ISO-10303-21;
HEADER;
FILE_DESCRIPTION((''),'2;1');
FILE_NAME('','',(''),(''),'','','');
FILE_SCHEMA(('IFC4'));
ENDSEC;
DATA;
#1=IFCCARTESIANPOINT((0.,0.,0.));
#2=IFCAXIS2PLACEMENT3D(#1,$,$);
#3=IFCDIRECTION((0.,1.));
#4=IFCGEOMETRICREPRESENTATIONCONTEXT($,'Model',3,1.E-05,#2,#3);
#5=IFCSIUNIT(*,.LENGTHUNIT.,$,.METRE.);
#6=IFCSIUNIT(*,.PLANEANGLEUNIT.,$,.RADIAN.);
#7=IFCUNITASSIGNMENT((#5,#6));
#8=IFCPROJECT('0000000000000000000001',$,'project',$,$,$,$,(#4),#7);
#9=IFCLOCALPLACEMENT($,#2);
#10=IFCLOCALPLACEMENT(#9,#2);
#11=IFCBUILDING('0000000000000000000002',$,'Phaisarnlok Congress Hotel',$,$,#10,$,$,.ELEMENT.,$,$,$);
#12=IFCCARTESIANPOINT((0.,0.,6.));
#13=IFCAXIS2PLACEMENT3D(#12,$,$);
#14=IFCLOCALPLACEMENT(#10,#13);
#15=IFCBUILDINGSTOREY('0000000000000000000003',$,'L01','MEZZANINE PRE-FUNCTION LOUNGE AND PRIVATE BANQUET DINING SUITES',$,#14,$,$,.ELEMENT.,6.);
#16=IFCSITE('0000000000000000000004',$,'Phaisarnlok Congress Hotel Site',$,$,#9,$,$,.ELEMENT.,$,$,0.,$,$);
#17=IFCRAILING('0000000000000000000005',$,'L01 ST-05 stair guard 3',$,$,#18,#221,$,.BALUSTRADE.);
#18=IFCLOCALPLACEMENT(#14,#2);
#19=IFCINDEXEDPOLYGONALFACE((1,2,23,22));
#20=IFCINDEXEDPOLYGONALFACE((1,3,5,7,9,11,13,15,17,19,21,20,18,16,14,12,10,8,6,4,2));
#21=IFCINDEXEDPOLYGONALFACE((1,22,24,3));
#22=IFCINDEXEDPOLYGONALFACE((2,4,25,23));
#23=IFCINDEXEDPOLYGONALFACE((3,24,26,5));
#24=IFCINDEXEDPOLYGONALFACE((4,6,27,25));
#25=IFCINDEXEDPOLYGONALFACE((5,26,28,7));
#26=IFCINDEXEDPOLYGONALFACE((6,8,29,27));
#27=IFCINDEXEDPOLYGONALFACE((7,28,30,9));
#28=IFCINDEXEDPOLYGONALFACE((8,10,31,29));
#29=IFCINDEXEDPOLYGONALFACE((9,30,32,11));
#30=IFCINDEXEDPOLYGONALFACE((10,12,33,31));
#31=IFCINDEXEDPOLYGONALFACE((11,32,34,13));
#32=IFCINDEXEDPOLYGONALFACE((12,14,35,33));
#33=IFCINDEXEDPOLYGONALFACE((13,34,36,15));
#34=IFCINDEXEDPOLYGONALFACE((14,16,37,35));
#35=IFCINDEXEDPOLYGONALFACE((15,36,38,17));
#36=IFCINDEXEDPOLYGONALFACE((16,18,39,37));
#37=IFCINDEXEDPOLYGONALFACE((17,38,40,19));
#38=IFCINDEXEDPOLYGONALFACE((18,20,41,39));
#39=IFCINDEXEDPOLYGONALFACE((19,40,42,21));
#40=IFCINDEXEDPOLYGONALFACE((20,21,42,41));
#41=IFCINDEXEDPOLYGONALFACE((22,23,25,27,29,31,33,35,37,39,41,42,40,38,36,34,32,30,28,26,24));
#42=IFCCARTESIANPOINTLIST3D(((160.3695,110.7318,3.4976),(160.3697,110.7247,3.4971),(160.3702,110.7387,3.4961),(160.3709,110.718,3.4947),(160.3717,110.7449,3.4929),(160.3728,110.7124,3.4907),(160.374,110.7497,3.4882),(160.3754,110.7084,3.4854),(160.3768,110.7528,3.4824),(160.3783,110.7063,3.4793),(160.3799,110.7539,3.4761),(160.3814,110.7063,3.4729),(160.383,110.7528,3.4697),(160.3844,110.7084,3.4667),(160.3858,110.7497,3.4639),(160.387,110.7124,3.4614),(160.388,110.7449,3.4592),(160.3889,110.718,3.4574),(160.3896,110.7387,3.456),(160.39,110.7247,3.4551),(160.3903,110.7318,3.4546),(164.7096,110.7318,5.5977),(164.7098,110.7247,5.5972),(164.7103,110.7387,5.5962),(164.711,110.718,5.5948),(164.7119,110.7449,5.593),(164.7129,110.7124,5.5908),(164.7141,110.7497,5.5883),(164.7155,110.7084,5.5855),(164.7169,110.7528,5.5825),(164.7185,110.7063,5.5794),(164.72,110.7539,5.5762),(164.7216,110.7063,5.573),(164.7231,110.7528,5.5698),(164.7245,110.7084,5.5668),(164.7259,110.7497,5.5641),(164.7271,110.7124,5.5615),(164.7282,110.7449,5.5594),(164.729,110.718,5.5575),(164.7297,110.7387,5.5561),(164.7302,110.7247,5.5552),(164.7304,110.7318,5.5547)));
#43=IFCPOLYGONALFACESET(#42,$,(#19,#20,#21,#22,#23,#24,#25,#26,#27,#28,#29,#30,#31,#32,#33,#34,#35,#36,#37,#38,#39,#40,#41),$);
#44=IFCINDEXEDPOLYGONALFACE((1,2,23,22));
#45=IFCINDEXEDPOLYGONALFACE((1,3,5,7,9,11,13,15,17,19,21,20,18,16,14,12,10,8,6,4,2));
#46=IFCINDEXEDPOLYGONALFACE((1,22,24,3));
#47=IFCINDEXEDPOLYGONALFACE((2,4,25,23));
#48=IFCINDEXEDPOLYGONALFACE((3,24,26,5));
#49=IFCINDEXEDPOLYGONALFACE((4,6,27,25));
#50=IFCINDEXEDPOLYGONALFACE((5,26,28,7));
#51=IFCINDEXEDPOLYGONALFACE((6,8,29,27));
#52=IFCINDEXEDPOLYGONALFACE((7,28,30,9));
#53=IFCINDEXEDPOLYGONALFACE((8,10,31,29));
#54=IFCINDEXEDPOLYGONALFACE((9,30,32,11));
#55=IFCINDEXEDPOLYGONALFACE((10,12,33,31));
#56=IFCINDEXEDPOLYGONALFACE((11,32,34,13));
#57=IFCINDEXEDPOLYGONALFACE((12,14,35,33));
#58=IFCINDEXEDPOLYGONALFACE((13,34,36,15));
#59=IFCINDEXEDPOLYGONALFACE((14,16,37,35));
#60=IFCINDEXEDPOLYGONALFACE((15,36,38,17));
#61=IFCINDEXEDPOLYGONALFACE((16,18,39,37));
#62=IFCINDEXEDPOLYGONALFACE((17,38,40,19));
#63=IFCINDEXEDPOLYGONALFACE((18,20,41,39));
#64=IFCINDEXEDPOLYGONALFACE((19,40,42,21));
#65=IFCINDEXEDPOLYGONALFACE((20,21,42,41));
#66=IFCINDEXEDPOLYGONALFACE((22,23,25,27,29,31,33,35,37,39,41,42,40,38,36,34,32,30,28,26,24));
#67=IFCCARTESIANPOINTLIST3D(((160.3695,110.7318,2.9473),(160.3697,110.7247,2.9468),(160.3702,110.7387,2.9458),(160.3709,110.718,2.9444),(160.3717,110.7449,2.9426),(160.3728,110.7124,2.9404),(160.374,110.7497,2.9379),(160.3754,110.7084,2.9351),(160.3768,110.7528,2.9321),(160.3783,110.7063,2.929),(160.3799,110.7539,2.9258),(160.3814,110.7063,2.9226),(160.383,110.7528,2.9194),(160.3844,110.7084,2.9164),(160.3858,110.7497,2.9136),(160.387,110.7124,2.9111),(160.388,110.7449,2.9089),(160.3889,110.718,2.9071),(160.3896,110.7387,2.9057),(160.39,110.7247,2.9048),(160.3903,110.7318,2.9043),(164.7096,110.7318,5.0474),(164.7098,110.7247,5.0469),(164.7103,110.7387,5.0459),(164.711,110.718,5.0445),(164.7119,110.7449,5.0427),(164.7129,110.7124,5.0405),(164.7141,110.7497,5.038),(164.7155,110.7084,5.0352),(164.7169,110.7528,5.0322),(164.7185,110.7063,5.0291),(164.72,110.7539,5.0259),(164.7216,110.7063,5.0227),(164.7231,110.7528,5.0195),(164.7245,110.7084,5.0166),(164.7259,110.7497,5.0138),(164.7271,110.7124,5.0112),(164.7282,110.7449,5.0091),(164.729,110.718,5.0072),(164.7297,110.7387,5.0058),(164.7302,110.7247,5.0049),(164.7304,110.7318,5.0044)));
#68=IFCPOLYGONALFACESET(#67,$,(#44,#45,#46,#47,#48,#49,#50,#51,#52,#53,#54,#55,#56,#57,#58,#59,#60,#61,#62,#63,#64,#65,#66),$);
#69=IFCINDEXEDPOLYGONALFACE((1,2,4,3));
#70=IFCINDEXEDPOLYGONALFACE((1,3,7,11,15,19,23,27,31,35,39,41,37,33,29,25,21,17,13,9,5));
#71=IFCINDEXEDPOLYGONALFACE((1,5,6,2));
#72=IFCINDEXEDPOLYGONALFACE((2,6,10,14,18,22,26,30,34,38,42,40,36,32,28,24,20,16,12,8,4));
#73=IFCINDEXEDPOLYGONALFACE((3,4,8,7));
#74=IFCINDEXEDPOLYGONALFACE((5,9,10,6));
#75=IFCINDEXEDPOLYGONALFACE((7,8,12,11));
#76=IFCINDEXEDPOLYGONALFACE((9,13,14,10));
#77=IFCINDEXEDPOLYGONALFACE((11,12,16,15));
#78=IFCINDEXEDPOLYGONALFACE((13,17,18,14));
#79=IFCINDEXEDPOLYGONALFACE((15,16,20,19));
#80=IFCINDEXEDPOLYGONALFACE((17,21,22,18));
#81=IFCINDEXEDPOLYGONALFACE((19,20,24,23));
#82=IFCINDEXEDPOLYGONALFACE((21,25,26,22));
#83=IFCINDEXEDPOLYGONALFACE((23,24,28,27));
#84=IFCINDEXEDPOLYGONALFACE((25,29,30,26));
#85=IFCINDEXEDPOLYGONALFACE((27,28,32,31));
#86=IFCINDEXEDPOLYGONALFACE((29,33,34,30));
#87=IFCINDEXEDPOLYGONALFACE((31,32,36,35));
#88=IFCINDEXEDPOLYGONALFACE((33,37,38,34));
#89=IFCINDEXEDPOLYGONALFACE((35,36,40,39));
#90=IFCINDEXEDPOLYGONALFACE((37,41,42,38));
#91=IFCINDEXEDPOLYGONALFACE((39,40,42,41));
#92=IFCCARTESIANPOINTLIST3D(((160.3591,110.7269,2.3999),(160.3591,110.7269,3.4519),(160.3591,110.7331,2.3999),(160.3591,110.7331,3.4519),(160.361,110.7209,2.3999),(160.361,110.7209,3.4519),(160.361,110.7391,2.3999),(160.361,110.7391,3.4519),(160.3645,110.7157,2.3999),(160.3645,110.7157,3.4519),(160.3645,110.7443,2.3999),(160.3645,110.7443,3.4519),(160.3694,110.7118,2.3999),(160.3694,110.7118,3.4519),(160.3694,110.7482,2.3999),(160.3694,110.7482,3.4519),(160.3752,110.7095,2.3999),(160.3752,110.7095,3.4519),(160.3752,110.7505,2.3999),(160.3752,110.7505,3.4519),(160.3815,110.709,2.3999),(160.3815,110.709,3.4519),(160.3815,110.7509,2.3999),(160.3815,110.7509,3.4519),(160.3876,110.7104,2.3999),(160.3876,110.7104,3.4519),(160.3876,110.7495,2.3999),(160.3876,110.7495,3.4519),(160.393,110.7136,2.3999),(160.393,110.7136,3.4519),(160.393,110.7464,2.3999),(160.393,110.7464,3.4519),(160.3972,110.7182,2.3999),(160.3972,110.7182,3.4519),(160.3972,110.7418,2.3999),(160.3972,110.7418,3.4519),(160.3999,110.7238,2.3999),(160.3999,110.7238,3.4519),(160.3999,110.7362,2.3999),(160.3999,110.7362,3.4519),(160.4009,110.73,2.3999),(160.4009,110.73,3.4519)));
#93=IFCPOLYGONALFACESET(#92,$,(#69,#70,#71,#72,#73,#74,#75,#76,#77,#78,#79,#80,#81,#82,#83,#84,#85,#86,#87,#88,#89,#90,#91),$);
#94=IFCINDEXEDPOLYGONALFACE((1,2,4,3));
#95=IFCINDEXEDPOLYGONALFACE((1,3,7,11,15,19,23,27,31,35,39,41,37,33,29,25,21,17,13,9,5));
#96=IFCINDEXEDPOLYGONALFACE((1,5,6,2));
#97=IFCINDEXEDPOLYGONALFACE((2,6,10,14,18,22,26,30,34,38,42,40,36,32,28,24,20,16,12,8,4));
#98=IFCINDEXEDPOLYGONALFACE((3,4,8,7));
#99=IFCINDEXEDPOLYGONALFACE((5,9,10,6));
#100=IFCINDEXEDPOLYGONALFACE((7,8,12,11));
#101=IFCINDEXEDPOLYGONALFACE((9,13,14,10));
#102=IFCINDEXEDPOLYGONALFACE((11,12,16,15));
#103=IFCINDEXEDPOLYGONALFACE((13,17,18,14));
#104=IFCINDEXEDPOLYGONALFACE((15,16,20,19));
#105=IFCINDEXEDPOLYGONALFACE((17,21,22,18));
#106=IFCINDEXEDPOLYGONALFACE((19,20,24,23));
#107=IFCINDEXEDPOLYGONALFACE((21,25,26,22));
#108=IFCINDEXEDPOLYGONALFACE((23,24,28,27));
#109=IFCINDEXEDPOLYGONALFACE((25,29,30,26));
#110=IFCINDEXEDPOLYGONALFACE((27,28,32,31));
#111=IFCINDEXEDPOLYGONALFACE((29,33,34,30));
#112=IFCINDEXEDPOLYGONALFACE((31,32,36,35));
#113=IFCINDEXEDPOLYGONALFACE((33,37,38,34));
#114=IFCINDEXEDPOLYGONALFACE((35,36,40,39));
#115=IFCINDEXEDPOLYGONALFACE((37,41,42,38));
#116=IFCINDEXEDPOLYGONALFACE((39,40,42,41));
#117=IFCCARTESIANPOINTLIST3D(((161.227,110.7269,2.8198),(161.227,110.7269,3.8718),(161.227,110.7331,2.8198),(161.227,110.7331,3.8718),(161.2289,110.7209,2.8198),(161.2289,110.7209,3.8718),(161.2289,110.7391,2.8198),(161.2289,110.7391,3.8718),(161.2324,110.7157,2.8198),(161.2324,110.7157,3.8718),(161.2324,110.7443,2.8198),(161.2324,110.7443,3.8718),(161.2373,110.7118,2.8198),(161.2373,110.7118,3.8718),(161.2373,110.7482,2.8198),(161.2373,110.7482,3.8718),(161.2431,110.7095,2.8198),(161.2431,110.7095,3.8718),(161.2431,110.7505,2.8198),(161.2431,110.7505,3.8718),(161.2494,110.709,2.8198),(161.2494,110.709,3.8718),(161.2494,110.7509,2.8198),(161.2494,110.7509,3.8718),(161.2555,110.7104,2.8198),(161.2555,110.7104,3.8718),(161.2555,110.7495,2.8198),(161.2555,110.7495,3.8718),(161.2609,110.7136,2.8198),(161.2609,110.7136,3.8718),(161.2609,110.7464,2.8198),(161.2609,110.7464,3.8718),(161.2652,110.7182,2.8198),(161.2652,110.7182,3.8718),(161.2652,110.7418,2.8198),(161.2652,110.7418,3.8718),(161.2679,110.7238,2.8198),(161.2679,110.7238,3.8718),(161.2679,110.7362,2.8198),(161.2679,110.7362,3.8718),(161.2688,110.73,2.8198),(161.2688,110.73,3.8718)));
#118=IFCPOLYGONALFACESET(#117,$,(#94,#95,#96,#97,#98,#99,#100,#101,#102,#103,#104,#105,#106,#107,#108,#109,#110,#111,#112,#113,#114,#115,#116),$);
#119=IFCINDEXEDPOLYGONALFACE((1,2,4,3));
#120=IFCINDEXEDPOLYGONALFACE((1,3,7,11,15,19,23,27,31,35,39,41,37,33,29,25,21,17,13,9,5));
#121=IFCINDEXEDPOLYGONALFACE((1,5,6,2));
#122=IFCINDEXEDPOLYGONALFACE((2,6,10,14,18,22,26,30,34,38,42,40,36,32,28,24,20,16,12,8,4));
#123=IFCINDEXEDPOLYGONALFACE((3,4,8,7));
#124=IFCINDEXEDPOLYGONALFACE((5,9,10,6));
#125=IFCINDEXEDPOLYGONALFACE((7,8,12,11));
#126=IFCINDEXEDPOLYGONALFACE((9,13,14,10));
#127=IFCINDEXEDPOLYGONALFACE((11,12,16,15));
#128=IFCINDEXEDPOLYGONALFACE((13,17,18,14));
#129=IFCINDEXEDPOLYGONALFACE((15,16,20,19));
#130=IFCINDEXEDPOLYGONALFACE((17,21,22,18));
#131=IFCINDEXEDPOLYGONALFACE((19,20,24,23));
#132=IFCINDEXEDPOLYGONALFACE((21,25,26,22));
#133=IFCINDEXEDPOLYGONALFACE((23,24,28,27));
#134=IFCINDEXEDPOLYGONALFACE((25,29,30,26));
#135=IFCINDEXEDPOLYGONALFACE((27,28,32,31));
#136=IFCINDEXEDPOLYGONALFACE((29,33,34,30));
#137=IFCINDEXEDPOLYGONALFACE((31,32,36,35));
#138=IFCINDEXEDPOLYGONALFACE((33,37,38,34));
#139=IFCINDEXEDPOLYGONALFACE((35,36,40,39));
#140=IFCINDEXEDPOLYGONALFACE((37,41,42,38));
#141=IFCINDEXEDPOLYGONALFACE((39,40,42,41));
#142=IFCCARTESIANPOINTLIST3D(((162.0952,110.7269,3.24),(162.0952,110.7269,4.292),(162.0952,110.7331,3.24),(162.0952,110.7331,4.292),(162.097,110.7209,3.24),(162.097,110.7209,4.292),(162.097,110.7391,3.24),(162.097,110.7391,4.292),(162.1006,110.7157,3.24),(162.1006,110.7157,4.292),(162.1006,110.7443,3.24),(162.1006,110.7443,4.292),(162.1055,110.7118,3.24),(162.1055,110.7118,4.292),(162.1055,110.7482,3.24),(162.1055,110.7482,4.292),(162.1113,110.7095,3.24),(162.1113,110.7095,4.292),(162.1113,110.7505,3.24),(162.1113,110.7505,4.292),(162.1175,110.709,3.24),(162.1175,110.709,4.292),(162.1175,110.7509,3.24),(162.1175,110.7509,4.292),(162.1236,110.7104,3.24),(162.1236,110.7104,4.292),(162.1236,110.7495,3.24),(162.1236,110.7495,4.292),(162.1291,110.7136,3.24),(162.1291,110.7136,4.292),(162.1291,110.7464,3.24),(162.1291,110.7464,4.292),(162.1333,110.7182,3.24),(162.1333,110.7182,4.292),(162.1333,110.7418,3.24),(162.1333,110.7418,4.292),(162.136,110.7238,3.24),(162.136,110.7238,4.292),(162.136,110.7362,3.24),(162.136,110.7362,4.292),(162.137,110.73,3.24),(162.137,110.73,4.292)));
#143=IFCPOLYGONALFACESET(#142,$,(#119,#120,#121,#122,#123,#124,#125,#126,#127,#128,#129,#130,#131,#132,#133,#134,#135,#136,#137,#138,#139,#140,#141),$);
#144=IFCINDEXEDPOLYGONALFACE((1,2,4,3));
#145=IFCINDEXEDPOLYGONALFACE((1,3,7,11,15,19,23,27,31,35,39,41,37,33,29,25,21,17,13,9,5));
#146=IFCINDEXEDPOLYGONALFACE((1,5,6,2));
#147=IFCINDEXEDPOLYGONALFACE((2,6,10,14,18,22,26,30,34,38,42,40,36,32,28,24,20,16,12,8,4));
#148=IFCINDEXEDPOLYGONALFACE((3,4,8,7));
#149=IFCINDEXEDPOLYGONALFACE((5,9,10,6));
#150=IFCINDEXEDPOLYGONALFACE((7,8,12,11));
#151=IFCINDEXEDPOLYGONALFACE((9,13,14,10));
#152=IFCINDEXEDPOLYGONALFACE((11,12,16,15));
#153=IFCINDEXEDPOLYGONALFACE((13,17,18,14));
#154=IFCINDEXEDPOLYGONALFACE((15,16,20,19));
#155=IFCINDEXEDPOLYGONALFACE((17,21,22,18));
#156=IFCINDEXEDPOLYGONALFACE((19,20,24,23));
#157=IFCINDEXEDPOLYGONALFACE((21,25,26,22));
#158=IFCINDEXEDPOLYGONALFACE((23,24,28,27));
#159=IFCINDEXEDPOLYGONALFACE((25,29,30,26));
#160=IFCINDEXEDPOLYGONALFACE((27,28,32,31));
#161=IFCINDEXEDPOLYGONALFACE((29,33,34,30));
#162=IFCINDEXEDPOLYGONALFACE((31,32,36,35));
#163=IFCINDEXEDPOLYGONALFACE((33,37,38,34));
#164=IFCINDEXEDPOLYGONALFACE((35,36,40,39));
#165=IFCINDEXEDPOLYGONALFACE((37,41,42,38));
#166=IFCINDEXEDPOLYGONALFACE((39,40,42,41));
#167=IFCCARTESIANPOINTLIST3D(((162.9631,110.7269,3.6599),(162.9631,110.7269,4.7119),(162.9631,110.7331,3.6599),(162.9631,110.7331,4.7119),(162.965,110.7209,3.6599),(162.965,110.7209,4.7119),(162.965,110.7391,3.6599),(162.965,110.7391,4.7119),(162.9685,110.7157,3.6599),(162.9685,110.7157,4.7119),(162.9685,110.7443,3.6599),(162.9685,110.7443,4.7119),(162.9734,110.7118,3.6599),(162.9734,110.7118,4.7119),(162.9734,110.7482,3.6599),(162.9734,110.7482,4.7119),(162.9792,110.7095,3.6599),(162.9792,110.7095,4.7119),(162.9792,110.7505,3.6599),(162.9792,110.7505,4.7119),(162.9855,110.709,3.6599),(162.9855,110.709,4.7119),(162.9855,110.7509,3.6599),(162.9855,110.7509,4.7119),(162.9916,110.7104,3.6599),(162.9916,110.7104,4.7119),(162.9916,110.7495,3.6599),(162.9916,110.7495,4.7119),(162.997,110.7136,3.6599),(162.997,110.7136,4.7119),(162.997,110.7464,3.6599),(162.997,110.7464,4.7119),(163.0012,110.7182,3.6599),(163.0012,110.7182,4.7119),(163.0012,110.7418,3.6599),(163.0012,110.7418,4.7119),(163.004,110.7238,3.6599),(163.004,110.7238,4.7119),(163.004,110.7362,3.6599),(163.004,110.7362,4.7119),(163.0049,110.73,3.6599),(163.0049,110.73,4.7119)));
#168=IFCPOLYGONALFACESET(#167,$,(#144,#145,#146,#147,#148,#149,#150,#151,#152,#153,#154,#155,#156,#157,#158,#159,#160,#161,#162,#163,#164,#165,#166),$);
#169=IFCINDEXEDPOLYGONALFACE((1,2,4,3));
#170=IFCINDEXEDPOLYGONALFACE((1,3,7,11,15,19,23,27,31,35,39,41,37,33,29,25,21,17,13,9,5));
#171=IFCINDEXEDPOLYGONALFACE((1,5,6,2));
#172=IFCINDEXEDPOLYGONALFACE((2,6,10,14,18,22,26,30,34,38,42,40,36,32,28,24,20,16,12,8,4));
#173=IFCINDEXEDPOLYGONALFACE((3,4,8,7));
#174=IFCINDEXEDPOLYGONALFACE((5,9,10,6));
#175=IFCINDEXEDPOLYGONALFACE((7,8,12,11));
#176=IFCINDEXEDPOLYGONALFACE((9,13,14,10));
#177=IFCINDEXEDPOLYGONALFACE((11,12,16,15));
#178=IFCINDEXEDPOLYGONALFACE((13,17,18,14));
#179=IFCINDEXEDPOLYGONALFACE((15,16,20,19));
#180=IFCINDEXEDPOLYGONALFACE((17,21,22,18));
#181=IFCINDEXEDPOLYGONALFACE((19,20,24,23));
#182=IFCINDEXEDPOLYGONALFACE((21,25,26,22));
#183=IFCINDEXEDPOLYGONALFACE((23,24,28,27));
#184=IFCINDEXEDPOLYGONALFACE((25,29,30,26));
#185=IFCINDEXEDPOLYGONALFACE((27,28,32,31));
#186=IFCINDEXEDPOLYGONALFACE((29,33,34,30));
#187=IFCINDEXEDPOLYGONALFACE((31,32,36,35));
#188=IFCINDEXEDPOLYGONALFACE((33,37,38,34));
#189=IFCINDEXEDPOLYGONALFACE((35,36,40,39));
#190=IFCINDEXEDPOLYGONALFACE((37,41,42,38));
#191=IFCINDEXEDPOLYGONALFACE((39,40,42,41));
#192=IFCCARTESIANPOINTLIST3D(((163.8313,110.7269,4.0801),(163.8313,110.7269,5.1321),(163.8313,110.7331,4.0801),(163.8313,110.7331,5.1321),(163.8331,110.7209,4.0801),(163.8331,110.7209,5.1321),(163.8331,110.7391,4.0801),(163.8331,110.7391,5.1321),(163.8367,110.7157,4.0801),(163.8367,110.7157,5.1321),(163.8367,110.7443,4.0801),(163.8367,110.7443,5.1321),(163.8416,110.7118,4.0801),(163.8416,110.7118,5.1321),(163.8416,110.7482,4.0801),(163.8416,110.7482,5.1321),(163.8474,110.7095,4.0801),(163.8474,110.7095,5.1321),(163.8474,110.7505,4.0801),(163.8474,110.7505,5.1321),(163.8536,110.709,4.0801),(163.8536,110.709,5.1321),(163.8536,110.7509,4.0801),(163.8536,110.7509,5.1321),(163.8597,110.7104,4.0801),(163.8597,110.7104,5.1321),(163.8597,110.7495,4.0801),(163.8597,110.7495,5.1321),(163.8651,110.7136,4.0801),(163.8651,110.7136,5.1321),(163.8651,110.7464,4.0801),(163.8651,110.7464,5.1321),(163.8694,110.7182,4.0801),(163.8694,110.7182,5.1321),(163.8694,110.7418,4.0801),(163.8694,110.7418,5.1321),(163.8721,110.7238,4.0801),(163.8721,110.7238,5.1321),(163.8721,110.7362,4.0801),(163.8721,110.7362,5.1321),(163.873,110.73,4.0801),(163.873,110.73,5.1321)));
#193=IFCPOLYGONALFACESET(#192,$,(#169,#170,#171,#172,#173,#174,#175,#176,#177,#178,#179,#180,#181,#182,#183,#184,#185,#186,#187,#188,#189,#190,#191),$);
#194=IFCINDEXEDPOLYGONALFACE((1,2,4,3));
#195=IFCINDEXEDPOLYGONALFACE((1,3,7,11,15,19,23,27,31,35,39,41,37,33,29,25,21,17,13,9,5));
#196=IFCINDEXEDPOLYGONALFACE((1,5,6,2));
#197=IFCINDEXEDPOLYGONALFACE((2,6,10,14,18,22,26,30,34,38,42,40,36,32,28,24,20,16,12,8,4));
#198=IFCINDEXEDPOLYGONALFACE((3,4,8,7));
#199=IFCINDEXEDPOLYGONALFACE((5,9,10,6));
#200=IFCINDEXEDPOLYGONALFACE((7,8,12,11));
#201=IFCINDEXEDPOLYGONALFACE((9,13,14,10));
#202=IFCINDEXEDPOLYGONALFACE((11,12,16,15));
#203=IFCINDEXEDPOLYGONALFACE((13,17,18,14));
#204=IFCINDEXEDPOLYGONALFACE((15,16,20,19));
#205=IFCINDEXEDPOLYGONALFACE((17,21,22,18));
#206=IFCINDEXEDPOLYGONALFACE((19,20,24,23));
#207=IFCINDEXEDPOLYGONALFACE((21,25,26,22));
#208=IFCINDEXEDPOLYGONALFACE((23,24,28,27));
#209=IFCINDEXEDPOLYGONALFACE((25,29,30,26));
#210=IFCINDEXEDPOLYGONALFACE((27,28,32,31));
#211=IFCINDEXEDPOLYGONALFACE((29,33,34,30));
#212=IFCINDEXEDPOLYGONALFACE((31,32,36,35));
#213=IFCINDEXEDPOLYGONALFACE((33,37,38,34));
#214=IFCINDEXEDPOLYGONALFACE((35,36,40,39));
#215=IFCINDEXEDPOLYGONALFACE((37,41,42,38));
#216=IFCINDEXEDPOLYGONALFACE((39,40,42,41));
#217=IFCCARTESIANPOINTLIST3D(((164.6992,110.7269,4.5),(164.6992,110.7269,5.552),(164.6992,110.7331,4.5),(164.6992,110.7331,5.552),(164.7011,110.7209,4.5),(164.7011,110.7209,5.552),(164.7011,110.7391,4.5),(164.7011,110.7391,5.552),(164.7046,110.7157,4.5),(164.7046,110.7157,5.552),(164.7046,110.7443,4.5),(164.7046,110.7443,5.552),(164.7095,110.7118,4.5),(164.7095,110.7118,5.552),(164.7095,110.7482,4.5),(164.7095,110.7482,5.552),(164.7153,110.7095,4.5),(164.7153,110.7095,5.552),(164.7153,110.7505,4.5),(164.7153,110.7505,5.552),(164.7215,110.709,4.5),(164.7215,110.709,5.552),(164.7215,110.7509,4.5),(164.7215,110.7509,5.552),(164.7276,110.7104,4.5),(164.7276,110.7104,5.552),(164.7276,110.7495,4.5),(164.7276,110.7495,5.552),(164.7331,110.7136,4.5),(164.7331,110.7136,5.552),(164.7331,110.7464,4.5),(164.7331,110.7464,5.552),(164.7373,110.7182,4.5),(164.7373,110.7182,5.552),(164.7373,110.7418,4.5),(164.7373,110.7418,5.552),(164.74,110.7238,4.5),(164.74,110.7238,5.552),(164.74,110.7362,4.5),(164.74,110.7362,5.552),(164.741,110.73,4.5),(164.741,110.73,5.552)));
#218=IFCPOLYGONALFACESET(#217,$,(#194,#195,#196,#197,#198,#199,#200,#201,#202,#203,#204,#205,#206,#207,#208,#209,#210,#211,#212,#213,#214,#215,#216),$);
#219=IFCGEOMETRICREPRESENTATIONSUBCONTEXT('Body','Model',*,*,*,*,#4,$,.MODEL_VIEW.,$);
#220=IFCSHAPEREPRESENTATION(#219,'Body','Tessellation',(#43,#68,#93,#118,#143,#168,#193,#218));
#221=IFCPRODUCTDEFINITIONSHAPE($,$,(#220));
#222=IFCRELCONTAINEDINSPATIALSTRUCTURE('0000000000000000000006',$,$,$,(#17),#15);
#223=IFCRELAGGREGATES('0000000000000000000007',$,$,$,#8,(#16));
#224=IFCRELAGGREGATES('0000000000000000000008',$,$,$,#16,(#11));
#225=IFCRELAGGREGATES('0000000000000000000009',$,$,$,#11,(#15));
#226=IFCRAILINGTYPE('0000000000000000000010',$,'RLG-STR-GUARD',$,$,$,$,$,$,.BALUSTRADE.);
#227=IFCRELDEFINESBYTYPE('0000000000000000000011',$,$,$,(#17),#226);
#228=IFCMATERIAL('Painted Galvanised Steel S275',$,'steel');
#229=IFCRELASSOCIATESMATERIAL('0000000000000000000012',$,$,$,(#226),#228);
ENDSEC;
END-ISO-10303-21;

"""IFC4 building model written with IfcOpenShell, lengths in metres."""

from ifc_helpers import new_model, si_unit, direction, frame, origin, origin_2d, place, context, subcontext, project, spatial, circle, extrude, material, type_object, element, save


model = new_model("IFC4")

# Units and contexts
model_context = context("Model", 3, precision=1e-05, world=origin(), true_north=direction((0.0, 1.0)))
body_context = subcontext(model_context, "Body", "Model", "MODEL_VIEW")
ifc_project = project(units=[si_unit("LENGTHUNIT", "METRE"), si_unit("PLANEANGLEUNIT", "RADIAN")], contexts=[model_context])

# Site, building, storey
site_placement = place(None, origin())
site = spatial("IfcSite", under=ifc_project, at=site_placement, Name="Phaisarnlok Congress Hotel Site", CompositionType="ELEMENT", RefElevation=0.0)
building_placement = place(site_placement, origin())
building = spatial("IfcBuilding", under=site, at=building_placement, Name="Phaisarnlok Congress Hotel", CompositionType="ELEMENT")
storey_placement = place(building_placement, frame((0.0, 0.0, 6.0)))
storey = spatial("IfcBuildingStorey", under=building, at=storey_placement, Name="L01", Description="MEZZANINE PRE-FUNCTION LOUNGE AND PRIVATE BANQUET DINING SUITES", CompositionType="ELEMENT", Elevation=6.0)

# Railing
ifc_material_1 = material(Name="Painted Galvanised Steel S275", Category="steel")
railing_type_1 = type_object("IfcRailingType", Name="RLG-STR-GUARD", PredefinedType="BALUSTRADE", material=ifc_material_1)
railing_1_placement = place(storey_placement, frame((160.3799, 110.73, 2.3999)))
element("IfcRailing", 1, at=railing_1_placement, inside=storey, type_object=railing_type_1, Name="L01 ST-05 stair guard 3", PredefinedType="BALUSTRADE", context=body_context, shape_type="SweptSolid", body=[
    extrude(circle(Radius=0.0239, at=origin_2d()), frame((0.0, 0.0, 1.0762), z_axis=(0.900155, 0.0, 0.43557), x_axis=(0.0, 1.0, 0.0)), (0.0, 0.0, 1.0), 4.8215),
    extrude(circle(Radius=0.0239, at=origin_2d()), frame((0.0, 0.0, 0.5259), z_axis=(0.900155, 0.0, 0.43557), x_axis=(0.0, 1.0, 0.0)), (0.0, 0.0, 1.0), 4.8215),
    extrude(circle(Radius=0.021, at=origin_2d()), origin(), (0.0, 0.0, 1.0), 1.052),
    extrude(circle(Radius=0.021, at=origin_2d()), frame((0.8679, 0.0, 0.4199)), (0.0, 0.0, 1.0), 1.052),
    extrude(circle(Radius=0.021, at=origin_2d()), frame((1.7361, 0.0, 0.8401)), (0.0, 0.0, 1.0), 1.052),
    extrude(circle(Radius=0.021, at=origin_2d()), frame((2.604, 0.0, 1.26)), (0.0, 0.0, 1.0), 1.052),
    extrude(circle(Radius=0.021, at=origin_2d()), frame((3.4722, 0.0, 1.6802)), (0.0, 0.0, 1.0), 1.052),
    extrude(circle(Radius=0.021, at=origin_2d()), frame((4.3401, 0.0, 2.1001)), (0.0, 0.0, 1.0), 1.052),
])

save(model, "model.ifc")
